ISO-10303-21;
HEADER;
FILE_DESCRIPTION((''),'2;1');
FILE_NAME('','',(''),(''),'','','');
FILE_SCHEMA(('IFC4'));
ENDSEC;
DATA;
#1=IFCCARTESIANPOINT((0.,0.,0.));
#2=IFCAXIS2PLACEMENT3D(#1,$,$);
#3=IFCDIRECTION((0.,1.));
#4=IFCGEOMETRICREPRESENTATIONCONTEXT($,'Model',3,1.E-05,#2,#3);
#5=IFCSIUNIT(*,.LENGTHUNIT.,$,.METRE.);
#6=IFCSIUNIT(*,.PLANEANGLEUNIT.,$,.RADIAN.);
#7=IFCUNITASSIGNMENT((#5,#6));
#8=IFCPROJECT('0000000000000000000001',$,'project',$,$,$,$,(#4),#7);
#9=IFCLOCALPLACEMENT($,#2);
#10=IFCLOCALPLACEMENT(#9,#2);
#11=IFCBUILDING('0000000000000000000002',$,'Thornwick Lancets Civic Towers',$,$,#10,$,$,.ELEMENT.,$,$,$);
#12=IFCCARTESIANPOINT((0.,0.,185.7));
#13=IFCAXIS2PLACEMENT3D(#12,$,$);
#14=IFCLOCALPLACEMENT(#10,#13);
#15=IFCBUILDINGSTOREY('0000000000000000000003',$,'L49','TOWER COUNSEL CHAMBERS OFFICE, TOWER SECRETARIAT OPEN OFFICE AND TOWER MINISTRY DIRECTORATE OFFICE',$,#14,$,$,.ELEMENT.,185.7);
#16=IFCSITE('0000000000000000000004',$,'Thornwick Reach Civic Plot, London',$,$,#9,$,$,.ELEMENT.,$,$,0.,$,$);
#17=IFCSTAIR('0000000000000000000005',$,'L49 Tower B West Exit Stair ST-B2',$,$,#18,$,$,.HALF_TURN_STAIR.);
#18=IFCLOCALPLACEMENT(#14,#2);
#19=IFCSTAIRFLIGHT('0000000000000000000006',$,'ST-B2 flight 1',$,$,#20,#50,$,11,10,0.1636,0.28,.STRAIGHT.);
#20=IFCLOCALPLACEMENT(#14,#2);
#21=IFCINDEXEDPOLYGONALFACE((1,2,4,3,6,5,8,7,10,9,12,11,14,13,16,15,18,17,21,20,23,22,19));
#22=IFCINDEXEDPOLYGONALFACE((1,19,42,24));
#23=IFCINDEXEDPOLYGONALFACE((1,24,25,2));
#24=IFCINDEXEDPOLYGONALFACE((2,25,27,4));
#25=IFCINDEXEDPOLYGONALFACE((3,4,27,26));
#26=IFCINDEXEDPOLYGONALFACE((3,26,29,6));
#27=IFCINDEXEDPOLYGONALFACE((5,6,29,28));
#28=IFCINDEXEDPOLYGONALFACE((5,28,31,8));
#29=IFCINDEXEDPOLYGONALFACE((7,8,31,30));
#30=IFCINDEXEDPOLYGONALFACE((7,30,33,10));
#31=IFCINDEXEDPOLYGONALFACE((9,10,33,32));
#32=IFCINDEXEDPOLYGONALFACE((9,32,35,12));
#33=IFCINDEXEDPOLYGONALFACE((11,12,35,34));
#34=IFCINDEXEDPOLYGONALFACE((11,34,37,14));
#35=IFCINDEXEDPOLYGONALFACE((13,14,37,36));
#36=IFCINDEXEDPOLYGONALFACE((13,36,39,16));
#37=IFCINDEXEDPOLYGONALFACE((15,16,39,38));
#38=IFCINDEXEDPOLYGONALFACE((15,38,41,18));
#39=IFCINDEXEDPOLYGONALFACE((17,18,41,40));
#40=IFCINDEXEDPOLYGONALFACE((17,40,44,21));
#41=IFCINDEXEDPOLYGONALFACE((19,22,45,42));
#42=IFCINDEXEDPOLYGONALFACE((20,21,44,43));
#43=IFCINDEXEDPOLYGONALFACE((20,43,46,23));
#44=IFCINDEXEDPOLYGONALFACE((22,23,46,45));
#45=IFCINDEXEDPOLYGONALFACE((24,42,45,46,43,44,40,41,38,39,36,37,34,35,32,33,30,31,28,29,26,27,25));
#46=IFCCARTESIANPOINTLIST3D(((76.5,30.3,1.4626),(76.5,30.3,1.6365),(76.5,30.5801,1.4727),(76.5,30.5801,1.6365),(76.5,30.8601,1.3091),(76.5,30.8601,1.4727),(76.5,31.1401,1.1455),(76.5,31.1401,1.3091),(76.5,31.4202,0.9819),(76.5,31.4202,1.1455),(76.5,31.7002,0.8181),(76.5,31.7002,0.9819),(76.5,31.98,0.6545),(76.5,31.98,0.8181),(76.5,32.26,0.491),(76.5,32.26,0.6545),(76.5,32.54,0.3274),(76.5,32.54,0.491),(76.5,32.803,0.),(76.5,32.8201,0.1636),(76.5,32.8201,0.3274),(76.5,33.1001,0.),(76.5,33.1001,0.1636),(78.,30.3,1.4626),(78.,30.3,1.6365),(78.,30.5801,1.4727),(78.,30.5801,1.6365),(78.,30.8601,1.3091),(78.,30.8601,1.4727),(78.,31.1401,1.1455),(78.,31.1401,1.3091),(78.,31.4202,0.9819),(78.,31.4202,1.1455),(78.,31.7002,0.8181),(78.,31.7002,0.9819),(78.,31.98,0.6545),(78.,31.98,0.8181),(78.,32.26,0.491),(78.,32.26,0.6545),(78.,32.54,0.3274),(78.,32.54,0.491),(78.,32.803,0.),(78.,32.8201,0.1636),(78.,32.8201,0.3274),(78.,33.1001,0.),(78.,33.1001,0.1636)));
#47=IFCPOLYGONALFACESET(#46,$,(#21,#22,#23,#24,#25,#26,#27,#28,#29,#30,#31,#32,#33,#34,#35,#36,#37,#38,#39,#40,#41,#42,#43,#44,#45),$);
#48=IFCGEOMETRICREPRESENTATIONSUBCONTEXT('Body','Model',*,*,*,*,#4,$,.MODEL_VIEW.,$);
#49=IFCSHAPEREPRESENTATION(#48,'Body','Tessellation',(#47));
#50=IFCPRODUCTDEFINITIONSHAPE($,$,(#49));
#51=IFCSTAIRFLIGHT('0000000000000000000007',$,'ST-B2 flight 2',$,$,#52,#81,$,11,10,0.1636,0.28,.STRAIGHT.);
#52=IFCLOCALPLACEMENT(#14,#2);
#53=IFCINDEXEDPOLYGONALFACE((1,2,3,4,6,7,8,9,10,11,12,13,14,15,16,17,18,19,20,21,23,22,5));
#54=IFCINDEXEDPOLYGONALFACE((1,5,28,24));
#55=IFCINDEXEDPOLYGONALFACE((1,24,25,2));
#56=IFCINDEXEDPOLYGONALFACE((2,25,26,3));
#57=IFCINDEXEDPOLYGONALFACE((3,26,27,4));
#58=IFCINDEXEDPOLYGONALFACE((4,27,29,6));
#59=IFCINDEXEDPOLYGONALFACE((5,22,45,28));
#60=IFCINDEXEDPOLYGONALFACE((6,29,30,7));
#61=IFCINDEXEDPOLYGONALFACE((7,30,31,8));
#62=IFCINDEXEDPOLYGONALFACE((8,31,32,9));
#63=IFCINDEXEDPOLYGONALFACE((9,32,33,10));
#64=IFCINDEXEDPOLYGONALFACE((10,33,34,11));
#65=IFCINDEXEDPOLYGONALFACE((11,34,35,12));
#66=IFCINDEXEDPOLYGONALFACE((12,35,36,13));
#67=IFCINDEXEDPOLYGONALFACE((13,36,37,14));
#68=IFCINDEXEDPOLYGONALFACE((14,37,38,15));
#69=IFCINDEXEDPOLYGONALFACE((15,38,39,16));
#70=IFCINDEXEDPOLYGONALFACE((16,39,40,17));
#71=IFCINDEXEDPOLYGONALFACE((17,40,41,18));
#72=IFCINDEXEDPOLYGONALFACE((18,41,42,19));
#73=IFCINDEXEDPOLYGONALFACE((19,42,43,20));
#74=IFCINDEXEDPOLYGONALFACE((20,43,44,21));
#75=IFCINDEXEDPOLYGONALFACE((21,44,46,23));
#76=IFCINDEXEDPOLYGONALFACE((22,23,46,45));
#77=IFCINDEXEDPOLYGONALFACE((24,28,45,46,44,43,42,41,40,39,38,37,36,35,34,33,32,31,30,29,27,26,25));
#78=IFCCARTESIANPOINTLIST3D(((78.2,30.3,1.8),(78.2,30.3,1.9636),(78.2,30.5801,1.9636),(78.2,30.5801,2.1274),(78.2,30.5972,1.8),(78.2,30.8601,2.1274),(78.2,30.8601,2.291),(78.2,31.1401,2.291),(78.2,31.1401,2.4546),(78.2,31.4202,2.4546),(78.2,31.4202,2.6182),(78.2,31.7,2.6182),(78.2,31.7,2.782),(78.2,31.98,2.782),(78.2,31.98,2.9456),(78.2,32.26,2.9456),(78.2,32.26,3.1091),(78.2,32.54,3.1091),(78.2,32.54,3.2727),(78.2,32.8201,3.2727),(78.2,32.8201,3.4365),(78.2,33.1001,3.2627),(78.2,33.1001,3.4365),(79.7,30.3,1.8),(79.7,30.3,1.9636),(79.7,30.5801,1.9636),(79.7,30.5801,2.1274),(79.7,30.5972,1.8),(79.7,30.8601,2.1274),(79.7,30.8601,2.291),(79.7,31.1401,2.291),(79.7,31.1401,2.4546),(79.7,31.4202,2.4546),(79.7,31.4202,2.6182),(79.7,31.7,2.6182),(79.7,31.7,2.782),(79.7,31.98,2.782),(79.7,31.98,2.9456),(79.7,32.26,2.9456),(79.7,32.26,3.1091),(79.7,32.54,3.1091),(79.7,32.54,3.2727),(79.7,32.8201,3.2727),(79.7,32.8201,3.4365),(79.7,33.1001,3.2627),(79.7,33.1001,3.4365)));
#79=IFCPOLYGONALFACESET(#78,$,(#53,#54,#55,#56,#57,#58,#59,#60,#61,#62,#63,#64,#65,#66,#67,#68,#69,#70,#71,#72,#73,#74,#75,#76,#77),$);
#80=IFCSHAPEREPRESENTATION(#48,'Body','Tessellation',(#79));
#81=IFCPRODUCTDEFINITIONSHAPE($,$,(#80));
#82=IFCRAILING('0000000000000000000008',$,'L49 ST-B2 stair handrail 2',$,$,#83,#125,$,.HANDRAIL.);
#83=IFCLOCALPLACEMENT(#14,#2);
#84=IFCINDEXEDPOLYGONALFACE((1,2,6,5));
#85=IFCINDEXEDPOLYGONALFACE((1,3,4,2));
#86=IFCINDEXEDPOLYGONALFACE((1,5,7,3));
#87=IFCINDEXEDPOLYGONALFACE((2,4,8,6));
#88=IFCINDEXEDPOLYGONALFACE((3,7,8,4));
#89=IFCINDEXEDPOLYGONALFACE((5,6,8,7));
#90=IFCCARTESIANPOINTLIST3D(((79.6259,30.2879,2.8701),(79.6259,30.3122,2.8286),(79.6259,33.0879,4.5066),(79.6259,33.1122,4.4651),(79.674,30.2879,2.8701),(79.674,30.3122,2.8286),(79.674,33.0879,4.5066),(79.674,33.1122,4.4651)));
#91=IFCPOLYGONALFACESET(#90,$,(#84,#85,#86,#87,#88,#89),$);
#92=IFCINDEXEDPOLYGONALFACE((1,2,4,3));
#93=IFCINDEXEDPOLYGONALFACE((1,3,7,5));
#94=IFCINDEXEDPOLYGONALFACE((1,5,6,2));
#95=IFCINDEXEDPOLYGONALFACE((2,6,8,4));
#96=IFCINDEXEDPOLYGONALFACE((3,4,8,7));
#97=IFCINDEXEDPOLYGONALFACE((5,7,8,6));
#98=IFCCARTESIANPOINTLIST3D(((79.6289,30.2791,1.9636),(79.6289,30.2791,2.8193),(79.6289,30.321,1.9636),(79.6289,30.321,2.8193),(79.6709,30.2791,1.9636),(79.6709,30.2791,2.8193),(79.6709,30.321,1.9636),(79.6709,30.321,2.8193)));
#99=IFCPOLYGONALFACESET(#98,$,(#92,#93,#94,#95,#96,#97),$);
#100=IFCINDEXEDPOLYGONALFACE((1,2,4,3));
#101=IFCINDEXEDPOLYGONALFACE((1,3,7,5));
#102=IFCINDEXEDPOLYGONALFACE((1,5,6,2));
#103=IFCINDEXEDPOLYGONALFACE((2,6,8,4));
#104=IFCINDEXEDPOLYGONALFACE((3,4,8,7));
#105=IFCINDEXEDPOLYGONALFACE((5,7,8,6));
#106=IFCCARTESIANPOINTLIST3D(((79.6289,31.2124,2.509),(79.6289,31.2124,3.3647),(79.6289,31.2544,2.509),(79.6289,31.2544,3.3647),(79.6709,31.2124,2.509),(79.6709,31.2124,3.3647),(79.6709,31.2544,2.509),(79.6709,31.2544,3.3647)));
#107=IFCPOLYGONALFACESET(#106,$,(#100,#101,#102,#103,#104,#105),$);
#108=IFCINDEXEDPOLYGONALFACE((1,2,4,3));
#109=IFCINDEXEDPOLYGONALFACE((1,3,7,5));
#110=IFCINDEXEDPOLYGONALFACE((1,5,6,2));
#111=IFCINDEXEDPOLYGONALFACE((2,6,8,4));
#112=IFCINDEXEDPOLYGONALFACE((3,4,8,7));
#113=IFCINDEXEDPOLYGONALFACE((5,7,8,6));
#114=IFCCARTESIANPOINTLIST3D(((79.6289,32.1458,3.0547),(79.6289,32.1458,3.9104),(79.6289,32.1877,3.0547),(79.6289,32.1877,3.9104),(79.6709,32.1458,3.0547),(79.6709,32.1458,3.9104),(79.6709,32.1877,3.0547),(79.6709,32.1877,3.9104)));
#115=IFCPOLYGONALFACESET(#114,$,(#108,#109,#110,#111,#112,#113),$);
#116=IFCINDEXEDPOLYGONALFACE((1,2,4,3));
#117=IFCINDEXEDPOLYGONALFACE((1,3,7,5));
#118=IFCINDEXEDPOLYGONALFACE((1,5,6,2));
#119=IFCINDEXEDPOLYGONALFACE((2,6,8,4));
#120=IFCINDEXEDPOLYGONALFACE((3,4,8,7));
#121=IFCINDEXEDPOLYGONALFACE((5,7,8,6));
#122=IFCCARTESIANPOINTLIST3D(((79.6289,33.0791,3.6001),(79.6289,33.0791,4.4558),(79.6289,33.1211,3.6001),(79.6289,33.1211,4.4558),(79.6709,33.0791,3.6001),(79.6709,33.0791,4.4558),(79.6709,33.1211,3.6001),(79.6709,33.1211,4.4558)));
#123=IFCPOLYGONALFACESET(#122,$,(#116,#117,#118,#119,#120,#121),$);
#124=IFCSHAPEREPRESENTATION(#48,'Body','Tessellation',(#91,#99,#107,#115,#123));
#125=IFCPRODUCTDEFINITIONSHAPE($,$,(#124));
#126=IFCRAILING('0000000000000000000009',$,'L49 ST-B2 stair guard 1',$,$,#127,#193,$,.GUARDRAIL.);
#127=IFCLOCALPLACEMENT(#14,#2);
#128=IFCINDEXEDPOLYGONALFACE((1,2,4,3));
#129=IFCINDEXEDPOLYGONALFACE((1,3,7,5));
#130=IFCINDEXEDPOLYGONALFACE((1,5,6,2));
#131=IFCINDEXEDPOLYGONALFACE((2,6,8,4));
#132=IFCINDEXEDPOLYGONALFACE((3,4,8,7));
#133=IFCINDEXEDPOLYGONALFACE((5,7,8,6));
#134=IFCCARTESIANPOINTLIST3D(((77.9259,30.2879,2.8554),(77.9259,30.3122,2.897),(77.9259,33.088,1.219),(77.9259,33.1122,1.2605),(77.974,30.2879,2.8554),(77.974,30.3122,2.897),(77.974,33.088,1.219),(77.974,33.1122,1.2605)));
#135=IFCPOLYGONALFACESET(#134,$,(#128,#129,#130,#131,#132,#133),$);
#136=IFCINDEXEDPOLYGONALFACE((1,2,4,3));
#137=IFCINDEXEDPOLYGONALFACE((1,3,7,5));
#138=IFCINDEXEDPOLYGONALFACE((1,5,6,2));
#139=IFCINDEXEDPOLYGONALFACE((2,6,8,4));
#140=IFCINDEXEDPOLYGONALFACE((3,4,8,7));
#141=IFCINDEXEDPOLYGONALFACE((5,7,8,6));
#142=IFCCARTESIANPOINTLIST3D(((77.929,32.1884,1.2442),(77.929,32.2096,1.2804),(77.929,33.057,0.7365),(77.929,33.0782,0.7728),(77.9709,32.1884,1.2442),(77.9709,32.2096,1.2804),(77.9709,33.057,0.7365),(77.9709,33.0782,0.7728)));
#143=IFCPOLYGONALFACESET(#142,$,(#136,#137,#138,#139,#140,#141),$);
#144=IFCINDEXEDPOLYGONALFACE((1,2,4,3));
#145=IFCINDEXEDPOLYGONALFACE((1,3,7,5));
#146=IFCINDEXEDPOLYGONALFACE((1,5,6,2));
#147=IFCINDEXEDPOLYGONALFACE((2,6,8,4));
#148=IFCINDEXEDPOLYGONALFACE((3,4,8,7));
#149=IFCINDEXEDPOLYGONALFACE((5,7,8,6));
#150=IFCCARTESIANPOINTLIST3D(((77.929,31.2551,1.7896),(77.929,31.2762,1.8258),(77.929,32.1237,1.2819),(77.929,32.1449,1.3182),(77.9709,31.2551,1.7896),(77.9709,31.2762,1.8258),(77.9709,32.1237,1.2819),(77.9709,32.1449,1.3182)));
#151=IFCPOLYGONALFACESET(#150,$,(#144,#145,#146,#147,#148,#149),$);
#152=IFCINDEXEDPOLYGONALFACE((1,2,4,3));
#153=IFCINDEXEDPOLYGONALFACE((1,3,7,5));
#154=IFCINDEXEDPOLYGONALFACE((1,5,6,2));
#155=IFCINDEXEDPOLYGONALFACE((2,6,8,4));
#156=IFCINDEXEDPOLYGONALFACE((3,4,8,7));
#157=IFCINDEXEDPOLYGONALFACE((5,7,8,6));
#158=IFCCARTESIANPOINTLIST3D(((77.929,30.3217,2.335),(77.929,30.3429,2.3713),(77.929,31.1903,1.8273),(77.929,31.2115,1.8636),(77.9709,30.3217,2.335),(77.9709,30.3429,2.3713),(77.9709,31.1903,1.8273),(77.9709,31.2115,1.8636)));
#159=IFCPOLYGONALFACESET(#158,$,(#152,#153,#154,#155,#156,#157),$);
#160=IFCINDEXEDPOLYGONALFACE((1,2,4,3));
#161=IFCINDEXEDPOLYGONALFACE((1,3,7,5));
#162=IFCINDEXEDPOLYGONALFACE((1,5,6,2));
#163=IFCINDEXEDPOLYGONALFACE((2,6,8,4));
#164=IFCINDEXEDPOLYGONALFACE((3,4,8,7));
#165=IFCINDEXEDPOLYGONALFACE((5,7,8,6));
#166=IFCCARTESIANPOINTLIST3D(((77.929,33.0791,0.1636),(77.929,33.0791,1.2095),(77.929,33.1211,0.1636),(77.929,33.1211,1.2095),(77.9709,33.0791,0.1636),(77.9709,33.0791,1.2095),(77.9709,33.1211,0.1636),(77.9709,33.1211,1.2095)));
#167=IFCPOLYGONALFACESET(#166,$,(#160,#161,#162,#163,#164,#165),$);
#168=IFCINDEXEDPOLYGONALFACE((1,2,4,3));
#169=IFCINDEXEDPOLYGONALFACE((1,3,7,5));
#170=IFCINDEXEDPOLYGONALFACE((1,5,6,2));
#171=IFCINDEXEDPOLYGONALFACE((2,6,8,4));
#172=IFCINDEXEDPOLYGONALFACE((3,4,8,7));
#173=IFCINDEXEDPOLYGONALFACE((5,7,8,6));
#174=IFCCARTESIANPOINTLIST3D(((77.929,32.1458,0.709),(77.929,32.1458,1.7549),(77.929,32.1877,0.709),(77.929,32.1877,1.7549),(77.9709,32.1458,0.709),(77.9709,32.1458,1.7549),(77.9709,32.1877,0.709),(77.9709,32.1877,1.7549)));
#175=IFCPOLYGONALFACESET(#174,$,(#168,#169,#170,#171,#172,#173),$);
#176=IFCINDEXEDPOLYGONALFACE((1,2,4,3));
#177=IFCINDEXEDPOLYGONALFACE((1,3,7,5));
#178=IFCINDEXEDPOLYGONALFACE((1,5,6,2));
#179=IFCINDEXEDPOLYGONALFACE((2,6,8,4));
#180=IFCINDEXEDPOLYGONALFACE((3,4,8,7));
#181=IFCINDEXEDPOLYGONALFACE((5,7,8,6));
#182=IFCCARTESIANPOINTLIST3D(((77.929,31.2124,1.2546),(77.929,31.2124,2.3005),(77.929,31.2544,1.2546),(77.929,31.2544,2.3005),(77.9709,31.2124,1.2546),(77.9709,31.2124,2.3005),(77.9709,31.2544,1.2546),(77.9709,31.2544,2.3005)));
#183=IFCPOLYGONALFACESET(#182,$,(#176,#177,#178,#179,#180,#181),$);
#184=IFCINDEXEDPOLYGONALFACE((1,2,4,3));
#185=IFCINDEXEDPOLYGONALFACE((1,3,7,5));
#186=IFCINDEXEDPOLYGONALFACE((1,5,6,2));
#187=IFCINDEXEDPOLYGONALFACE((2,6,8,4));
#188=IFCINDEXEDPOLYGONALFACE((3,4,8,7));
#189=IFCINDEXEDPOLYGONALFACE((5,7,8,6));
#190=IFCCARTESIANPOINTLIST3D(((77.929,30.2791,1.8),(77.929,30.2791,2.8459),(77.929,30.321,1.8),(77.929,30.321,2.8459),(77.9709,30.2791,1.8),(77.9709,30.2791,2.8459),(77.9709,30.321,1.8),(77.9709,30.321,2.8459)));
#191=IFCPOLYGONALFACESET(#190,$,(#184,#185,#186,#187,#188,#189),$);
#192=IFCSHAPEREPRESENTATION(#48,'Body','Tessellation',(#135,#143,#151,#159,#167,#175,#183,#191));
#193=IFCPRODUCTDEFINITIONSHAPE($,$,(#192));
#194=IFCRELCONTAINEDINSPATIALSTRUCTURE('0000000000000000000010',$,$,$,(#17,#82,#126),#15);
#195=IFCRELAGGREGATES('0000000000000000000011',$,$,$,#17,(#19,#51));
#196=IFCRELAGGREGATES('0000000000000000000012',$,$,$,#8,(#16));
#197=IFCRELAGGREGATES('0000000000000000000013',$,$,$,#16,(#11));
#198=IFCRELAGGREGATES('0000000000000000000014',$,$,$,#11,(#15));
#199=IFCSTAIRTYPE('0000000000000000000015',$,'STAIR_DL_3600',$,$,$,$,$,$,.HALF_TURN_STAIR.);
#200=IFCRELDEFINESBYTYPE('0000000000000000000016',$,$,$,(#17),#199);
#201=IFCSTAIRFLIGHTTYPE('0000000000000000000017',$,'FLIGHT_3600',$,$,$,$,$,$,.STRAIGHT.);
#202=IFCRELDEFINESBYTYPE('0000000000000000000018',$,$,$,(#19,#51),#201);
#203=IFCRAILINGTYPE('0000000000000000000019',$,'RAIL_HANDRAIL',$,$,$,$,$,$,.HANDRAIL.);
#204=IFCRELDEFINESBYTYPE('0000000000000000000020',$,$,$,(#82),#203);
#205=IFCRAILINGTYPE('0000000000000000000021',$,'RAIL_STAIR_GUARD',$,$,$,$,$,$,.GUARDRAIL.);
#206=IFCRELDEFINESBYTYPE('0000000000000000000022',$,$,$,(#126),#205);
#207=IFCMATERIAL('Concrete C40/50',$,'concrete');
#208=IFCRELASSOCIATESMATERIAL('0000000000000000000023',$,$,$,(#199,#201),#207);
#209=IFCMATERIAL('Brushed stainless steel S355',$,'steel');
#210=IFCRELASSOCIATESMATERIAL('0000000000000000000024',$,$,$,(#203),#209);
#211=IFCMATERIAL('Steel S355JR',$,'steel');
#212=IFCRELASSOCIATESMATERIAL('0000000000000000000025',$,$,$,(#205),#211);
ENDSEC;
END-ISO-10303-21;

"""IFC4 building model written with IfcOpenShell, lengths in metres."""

from ifc_helpers import new_model, si_unit, direction, frame, origin, origin_2d, place, context, subcontext, project, spatial, polyline, rectangle, outline, extrude, material, type_object, element, aggregate, save


model = new_model("IFC4")

# Units and contexts
model_context = context("Model", 3, precision=1e-05, world=origin(), true_north=direction((0.0, 1.0)))
body_context = subcontext(model_context, "Body", "Model", "MODEL_VIEW")
ifc_project = project(units=[si_unit("LENGTHUNIT", "METRE"), si_unit("PLANEANGLEUNIT", "RADIAN")], contexts=[model_context])

# Site, building, storey
site_placement = place(None, origin())
site = spatial("IfcSite", under=ifc_project, at=site_placement, Name="Thornwick Reach Civic Plot, London", CompositionType="ELEMENT", RefElevation=0.0)
building_placement = place(site_placement, origin())
building = spatial("IfcBuilding", under=site, at=building_placement, Name="Thornwick Lancets Civic Towers", CompositionType="ELEMENT")
storey_placement = place(building_placement, frame((0.0, 0.0, 185.7)))
storey = spatial("IfcBuildingStorey", under=building, at=storey_placement, Name="L49", Description="TOWER COUNSEL CHAMBERS OFFICE, TOWER SECRETARIAT OPEN OFFICE AND TOWER MINISTRY DIRECTORATE OFFICE", CompositionType="ELEMENT", Elevation=185.7)

# Shared definitions
ifc_material_1 = material(Name="Concrete C40/50", Category="concrete")

# Stair, stair flights
stair_type = type_object("IfcStairType", Name="STAIR_DL_3600", PredefinedType="HALF_TURN_STAIR", material=ifc_material_1)
stair_placement = place(storey_placement, origin())
stair = element("IfcStair", 1, at=stair_placement, inside=storey, type_object=stair_type, Name="L49 Tower B West Exit Stair ST-B2", PredefinedType="HALF_TURN_STAIR")
stair_flight_type = type_object("IfcStairFlightType", Name="FLIGHT_3600", PredefinedType="STRAIGHT", material=ifc_material_1)
stair_flight_1_placement = place(storey_placement, frame((77.25, 33.1001, 0.0), z_axis=(0.0, 0.0, 1.0), x_axis=(0.0, -1.0, 0.0)))
stair_flight_1 = element("IfcStairFlight", 2, at=stair_flight_1_placement, type_object=stair_flight_type, Name="ST-B2 flight 1", NumberOfRisers=11, NumberOfTreads=10, PredefinedType="STRAIGHT", RiserHeight=0.1636, TreadLength=0.28, context=body_context, shape_type="SweptSolid", body=[
    extrude(outline(polyline([(0.0, 0.0), (0.0, 0.1636), (0.28, 0.1636), (0.28, 0.3274), (0.5601, 0.3274), (0.5601, 0.491), (0.8401, 0.491), (0.8401, 0.6545), (1.1201, 0.6545), (1.1201, 0.8181), (1.3999, 0.8181), (1.3999, 0.9819), (1.6799, 0.9819), (1.6799, 1.1455), (1.96, 1.1455), (1.96, 1.3091), (2.24, 1.3091), (2.24, 1.4727), (2.52, 1.4727), (2.52, 1.6365), (2.8, 1.6365), (2.8, 1.8), (2.8, 1.4626), (0.2971, 0.0), (0.0, 0.0)])), frame((0.0, 0.75, 0.0), z_axis=(0.0, -1.0, 0.0), x_axis=(1.0, 0.0, 0.0)), (0.0, 0.0, 1.0), 1.5),
])
stair_flight_2_placement = place(storey_placement, frame((78.95, 30.3, 1.8), z_axis=(0.0, 0.0, 1.0), x_axis=(0.0, 1.0, 0.0)))
stair_flight_2 = element("IfcStairFlight", 3, at=stair_flight_2_placement, type_object=stair_flight_type, Name="ST-B2 flight 2", NumberOfRisers=11, NumberOfTreads=10, PredefinedType="STRAIGHT", RiserHeight=0.1636, TreadLength=0.28, context=body_context, shape_type="SweptSolid", body=[
    extrude(outline(polyline([(0.0, 0.0), (0.0, 0.1636), (0.28, 0.1636), (0.28, 0.3274), (0.5601, 0.3274), (0.5601, 0.491), (0.8401, 0.491), (0.8401, 0.6545), (1.1201, 0.6545), (1.1201, 0.8181), (1.3999, 0.8181), (1.3999, 0.9819), (1.6799, 0.9819), (1.6799, 1.1455), (1.96, 1.1455), (1.96, 1.3091), (2.24, 1.3091), (2.24, 1.4727), (2.52, 1.4727), (2.52, 1.6365), (2.8, 1.6365), (2.8, 1.8), (2.8, 1.4626), (0.2971, 0.0), (0.0, 0.0)])), frame((0.0, 0.75, 0.0), z_axis=(0.0, -1.0, 0.0), x_axis=(1.0, 0.0, 0.0)), (0.0, 0.0, 1.0), 1.5),
])
aggregate(stair, [stair_flight_1, stair_flight_2])

# Railings
ifc_material_2 = material(Name="Brushed stainless steel S355", Category="steel")
railing_type_1 = type_object("IfcRailingType", Name="RAIL_HANDRAIL", PredefinedType="HANDRAIL", material=ifc_material_2)
railing_1_placement = place(storey_placement, frame((79.6499, 30.3, 1.9636)))
element("IfcRailing", 4, at=railing_1_placement, inside=storey, type_object=railing_type_1, Name="L49 ST-B2 stair handrail 2", PredefinedType="HANDRAIL", context=body_context, shape_type="SweptSolid", body=[
    extrude(rectangle(XDim=0.0481, YDim=0.0481, at=origin_2d()), frame((0.0, 0.0, 0.8857), z_axis=(0.0, 0.863361, 0.504587), x_axis=(-1.0, 0.0, 0.0)), (0.0, 0.0, 1.0), 3.2432),
    extrude(rectangle(XDim=0.042, YDim=0.042, at=origin_2d()), origin(), (0.0, 0.0, 1.0), 0.8557),
    extrude(rectangle(XDim=0.042, YDim=0.042, at=origin_2d()), frame((0.0, 0.9333, 0.5454)), (0.0, 0.0, 1.0), 0.8557),
    extrude(rectangle(XDim=0.042, YDim=0.042, at=origin_2d()), frame((0.0, 1.8667, 1.0911)), (0.0, 0.0, 1.0), 0.8557),
    extrude(rectangle(XDim=0.042, YDim=0.042, at=origin_2d()), frame((0.0, 2.8, 1.6365)), (0.0, 0.0, 1.0), 0.8557),
])
ifc_material_3 = material(Name="Steel S355JR", Category="steel")
railing_type_2 = type_object("IfcRailingType", Name="RAIL_STAIR_GUARD", PredefinedType="GUARDRAIL", material=ifc_material_3)
railing_2_placement = place(storey_placement, frame((77.95, 33.1001, 0.1636)))
element("IfcRailing", 5, at=railing_2_placement, inside=storey, type_object=railing_type_2, Name="L49 ST-B2 stair guard 1", PredefinedType="GUARDRAIL", context=body_context, shape_type="SweptSolid", body=[
    extrude(rectangle(XDim=0.0481, YDim=0.0481, at=origin_2d()), frame((0.0, 0.0, 1.0762), z_axis=(0.0, -0.863361, 0.504587), x_axis=(1.0, 0.0, 0.0)), (0.0, 0.0, 1.0), 3.2432),
    extrude(rectangle(XDim=0.042, YDim=0.042, at=origin_2d()), frame((0.0, -0.0325, 0.5911), z_axis=(0.0, -0.863361, 0.504587), x_axis=(1.0, 0.0, 0.0)), (0.0, 0.0, 1.0), 1.0061),
    extrude(rectangle(XDim=0.042, YDim=0.042, at=origin_2d()), frame((0.0, -0.9658, 1.1365), z_axis=(0.0, -0.863361, 0.504587), x_axis=(1.0, 0.0, 0.0)), (0.0, 0.0, 1.0), 1.0061),
    extrude(rectangle(XDim=0.042, YDim=0.042, at=origin_2d()), frame((0.0, -1.8992, 1.6819), z_axis=(0.0, -0.863361, 0.504587), x_axis=(1.0, 0.0, 0.0)), (0.0, 0.0, 1.0), 1.0061),
    extrude(rectangle(XDim=0.042, YDim=0.042, at=origin_2d()), origin(), (0.0, 0.0, 1.0), 1.0459),
    extrude(rectangle(XDim=0.042, YDim=0.042, at=origin_2d()), frame((0.0, -0.9333, 0.5454)), (0.0, 0.0, 1.0), 1.0459),
    extrude(rectangle(XDim=0.042, YDim=0.042, at=origin_2d()), frame((0.0, -1.8667, 1.0911)), (0.0, 0.0, 1.0), 1.0459),
    extrude(rectangle(XDim=0.042, YDim=0.042, at=origin_2d()), frame((0.0, -2.8, 1.6365)), (0.0, 0.0, 1.0), 1.0459),
])

save(model, "model.ifc")
